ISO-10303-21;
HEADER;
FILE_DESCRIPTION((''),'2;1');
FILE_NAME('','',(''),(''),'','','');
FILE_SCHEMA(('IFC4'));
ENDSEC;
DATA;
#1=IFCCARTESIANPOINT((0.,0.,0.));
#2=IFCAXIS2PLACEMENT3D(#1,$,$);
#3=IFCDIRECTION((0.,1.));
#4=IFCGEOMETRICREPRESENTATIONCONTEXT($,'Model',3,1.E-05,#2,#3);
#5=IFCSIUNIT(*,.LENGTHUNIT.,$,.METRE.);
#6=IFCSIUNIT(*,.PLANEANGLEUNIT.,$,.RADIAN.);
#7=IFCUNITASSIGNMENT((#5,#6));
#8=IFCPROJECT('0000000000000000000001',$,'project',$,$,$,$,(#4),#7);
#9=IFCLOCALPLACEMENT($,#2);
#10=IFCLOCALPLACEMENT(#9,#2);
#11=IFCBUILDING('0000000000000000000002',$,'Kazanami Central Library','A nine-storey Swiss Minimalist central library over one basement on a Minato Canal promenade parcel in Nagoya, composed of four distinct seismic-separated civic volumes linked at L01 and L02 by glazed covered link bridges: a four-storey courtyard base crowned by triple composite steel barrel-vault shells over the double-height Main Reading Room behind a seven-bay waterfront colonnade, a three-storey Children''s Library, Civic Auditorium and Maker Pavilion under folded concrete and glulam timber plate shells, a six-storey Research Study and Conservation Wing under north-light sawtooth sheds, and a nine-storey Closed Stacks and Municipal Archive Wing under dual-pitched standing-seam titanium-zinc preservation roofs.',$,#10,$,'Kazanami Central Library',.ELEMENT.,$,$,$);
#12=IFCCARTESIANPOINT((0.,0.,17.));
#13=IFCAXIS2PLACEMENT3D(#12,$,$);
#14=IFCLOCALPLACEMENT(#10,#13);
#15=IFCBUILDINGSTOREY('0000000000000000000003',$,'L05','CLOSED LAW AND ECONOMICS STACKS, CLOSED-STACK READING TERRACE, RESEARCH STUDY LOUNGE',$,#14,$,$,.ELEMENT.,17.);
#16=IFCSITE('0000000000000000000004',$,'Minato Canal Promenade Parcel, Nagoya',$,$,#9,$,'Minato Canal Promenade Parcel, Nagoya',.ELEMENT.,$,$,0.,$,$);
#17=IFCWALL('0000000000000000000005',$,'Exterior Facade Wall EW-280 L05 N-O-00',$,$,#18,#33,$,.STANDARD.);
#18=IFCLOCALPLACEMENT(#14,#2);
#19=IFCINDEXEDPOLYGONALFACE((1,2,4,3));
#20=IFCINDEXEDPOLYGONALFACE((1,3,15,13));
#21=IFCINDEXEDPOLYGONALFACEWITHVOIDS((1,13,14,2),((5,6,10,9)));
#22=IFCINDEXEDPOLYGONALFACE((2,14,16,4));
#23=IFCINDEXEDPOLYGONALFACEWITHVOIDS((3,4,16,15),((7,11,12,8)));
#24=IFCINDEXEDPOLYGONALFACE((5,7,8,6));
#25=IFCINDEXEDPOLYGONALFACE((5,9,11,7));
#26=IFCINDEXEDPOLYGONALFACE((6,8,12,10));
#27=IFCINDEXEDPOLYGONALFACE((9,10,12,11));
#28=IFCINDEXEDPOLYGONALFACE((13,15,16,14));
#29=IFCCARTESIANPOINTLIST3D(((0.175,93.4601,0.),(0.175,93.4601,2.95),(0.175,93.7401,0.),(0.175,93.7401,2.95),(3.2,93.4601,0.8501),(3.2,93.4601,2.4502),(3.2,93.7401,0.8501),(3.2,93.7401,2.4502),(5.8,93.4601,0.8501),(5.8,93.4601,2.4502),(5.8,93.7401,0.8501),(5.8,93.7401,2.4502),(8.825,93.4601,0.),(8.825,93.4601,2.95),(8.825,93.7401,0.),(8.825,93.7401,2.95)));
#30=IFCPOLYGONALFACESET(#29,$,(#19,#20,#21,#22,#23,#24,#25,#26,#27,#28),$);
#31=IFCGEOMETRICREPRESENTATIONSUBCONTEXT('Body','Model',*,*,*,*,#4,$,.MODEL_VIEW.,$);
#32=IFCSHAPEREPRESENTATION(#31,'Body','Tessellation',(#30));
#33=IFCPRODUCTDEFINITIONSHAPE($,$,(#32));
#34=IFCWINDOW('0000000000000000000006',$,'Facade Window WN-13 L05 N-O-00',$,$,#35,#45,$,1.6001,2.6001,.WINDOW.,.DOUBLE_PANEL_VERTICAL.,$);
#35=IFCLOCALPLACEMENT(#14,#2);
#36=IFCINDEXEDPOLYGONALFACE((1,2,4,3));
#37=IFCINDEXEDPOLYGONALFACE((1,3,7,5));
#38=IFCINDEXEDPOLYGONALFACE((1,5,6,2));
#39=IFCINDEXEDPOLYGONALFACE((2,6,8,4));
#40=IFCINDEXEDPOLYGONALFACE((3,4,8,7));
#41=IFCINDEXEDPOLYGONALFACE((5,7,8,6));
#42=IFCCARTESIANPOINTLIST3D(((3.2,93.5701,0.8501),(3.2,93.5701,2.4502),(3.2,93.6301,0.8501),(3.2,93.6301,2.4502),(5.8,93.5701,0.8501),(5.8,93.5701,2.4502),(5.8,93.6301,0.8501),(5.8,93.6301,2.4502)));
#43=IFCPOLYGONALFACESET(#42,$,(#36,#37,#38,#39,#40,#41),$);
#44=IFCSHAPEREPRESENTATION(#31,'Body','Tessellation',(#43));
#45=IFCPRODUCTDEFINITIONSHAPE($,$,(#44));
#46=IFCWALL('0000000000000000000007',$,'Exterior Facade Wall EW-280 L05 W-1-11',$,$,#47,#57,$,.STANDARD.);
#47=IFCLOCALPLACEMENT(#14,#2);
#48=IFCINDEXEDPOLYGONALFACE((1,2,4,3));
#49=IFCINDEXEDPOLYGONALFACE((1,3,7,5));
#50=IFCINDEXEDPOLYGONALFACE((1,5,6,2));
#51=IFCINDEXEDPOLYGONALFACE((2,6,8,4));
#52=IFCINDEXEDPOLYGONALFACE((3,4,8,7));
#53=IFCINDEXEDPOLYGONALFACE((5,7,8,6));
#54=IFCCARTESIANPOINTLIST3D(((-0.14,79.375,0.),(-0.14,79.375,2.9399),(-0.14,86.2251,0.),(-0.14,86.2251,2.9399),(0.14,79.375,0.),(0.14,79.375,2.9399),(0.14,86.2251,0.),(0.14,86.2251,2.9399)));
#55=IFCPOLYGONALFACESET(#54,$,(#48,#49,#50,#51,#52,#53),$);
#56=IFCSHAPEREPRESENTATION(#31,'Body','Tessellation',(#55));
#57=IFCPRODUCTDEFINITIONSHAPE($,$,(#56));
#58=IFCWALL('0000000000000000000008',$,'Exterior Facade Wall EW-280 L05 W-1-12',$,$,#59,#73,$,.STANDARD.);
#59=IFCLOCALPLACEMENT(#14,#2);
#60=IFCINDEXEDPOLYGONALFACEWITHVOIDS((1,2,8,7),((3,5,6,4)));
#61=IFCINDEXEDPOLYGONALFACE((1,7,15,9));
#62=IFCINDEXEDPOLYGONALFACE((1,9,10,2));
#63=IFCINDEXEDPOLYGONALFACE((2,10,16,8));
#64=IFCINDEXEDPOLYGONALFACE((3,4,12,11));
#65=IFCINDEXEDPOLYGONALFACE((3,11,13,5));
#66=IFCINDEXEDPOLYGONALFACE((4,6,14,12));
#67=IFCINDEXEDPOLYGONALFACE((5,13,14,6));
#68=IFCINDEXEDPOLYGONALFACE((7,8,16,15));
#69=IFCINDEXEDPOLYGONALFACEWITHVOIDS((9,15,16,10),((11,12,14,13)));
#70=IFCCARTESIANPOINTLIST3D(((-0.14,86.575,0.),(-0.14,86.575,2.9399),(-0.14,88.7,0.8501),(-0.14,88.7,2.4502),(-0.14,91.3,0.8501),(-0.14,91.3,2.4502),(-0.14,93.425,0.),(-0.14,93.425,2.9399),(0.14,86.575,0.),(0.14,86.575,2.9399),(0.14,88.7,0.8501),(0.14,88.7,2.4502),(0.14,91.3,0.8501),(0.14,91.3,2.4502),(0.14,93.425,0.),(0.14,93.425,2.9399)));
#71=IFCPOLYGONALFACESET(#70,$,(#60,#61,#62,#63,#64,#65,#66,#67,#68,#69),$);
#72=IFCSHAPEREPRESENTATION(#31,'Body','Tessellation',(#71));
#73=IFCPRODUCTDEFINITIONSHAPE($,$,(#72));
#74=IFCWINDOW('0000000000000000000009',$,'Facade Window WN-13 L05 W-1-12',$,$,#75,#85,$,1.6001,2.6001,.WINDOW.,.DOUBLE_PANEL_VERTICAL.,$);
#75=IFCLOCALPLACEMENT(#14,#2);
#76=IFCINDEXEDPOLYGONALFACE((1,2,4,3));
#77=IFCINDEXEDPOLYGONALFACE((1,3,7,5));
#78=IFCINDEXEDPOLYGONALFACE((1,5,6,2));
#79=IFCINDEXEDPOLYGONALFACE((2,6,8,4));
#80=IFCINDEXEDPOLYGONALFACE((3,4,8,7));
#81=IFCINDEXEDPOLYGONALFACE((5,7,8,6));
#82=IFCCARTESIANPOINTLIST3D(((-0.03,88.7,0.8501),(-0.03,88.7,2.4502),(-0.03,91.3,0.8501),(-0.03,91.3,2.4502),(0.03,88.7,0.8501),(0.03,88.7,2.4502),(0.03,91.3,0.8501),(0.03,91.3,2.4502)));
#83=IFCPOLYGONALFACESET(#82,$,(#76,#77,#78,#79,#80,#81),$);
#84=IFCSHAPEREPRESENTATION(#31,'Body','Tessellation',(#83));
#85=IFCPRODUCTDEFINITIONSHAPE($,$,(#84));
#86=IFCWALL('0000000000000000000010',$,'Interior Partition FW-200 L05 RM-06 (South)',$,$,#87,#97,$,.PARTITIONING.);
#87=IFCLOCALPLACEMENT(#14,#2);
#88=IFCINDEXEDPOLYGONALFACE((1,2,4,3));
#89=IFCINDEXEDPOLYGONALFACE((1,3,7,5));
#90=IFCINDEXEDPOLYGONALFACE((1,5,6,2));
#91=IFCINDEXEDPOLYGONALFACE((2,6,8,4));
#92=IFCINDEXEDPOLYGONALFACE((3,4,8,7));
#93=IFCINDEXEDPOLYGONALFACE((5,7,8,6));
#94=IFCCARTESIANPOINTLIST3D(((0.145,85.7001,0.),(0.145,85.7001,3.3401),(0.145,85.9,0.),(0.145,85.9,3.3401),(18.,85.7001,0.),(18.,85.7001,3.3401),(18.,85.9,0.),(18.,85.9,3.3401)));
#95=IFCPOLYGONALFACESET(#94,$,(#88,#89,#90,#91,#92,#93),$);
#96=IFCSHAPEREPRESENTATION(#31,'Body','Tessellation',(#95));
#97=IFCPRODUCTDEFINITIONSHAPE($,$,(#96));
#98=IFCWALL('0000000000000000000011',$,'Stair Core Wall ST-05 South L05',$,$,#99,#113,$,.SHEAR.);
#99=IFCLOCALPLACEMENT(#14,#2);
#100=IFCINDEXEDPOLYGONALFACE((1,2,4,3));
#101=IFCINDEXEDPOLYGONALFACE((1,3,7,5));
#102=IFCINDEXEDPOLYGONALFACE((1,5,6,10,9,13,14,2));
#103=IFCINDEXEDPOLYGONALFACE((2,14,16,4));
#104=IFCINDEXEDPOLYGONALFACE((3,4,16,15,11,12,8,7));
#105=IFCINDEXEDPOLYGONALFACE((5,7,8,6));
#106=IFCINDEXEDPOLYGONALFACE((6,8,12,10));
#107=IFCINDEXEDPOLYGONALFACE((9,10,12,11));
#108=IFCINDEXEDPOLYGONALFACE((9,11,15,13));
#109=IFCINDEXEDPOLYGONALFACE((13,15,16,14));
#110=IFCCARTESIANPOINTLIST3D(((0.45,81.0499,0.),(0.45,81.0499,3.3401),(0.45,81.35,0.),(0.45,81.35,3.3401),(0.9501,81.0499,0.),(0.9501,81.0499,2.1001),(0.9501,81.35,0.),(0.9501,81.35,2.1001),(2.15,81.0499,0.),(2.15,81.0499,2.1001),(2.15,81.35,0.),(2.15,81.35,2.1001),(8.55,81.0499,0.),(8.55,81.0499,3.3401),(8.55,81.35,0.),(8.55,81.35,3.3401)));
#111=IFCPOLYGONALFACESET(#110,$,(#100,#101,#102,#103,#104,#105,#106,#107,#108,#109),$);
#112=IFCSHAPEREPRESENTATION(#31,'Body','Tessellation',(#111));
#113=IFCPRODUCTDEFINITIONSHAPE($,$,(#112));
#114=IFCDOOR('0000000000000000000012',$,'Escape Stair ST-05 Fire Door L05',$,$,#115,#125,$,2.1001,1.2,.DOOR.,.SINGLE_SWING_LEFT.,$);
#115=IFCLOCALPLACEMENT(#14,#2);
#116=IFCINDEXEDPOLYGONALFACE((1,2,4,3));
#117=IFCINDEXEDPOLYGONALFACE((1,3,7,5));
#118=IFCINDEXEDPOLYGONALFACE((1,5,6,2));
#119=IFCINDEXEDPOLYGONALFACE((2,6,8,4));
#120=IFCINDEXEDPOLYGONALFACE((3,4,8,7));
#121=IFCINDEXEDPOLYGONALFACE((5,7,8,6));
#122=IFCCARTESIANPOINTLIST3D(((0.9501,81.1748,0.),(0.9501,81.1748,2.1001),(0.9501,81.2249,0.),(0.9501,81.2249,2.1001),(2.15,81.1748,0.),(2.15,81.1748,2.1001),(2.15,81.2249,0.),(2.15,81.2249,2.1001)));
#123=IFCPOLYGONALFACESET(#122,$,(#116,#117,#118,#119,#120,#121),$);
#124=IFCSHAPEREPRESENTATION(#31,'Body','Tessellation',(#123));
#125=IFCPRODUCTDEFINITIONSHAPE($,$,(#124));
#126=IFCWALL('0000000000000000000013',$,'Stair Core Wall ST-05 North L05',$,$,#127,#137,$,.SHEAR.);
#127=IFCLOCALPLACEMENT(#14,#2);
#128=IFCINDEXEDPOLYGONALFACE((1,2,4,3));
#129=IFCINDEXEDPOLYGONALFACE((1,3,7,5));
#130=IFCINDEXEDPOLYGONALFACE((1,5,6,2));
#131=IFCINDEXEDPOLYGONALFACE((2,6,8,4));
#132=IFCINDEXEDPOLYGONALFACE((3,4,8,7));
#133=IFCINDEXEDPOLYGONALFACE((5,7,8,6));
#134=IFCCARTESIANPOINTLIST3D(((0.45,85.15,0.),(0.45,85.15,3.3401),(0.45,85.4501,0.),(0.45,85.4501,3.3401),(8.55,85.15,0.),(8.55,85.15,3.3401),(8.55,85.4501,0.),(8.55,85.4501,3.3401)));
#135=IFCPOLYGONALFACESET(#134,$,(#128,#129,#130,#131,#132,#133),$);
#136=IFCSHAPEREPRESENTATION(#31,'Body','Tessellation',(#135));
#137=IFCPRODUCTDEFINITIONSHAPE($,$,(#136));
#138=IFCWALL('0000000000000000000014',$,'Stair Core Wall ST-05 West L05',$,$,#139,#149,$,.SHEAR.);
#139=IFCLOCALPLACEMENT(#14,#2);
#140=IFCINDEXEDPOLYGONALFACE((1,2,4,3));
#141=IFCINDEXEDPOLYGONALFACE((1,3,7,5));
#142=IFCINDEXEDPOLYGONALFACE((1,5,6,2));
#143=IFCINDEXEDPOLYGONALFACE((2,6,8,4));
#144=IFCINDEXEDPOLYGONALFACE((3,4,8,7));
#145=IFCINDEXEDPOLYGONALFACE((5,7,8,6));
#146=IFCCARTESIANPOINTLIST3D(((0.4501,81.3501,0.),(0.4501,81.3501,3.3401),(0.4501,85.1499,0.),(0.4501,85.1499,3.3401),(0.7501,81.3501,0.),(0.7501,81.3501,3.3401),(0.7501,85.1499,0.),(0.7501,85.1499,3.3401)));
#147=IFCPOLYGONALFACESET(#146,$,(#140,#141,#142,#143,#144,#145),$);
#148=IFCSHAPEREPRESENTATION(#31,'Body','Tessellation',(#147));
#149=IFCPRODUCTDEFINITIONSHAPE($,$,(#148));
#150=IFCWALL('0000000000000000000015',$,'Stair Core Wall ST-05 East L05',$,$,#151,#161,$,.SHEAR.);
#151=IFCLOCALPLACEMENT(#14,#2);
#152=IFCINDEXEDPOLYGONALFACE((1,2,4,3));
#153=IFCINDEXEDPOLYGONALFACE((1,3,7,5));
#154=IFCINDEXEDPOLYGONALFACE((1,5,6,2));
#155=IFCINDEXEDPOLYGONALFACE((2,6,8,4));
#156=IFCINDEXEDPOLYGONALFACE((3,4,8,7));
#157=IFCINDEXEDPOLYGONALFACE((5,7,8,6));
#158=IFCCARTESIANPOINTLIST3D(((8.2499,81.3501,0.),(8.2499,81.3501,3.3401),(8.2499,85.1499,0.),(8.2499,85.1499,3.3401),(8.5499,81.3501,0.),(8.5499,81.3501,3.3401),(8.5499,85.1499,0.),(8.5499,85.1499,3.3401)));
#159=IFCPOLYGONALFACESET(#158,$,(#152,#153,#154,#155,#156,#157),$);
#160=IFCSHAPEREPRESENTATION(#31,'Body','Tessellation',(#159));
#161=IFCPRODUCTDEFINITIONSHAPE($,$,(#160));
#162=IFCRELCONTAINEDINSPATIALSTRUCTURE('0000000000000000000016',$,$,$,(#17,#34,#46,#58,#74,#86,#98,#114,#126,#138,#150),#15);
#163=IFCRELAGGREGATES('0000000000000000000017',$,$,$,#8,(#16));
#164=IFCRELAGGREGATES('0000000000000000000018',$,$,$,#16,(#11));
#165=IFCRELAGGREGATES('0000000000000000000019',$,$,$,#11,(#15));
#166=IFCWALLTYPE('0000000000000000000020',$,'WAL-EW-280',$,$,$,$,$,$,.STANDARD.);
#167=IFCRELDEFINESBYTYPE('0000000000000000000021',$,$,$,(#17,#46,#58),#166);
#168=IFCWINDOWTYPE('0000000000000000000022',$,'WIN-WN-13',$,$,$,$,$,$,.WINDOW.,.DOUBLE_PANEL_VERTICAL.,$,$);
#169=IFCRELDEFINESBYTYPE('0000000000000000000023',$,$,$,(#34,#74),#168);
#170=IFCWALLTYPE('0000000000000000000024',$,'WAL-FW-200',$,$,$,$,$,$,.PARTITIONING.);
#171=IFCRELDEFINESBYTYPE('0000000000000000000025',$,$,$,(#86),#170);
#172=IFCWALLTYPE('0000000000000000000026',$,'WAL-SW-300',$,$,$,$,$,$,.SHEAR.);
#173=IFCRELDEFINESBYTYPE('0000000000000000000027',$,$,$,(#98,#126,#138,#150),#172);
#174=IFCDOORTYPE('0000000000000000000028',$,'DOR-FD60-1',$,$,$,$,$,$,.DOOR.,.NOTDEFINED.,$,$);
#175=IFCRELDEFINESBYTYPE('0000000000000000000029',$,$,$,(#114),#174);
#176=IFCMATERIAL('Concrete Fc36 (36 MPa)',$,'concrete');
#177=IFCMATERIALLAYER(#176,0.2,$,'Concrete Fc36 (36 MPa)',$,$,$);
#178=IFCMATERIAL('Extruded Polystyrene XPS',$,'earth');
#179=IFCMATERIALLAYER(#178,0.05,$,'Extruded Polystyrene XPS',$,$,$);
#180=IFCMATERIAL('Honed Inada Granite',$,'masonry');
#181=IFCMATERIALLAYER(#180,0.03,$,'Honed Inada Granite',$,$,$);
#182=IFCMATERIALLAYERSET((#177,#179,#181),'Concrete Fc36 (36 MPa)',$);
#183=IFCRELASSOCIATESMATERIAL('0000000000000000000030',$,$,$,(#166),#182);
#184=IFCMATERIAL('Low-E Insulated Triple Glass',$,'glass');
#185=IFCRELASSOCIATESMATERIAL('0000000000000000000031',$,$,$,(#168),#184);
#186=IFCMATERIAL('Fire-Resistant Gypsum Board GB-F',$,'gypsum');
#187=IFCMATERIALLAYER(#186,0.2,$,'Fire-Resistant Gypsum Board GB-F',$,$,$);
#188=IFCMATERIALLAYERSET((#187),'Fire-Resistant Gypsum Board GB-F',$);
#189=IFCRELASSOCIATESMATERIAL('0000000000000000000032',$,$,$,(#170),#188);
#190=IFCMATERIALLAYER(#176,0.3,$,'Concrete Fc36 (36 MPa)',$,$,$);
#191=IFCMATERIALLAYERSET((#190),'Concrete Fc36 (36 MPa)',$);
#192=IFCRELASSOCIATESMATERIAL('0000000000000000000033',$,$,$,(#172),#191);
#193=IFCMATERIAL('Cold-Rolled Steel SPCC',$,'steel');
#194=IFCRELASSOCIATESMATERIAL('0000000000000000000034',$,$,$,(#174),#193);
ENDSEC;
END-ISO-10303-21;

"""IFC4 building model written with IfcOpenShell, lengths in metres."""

from ifc_helpers import new_model, si_unit, direction, frame, frame_2d, origin, place, context, subcontext, project, spatial, rectangle, extrude, material, layer, layer_set, type_object, element, fill, save


model = new_model("IFC4")

# Units and contexts
model_context = context("Model", 3, precision=1e-05, world=origin(), true_north=direction((0.0, 1.0)))
body_context = subcontext(model_context, "Body", "Model", "MODEL_VIEW")
ifc_project = project(units=[si_unit("LENGTHUNIT", "METRE"), si_unit("PLANEANGLEUNIT", "RADIAN")], contexts=[model_context])

# Site, building, storey
site_placement = place(None, origin())
site = spatial("IfcSite", under=ifc_project, at=site_placement, Name="Minato Canal Promenade Parcel, Nagoya", LongName="Minato Canal Promenade Parcel, Nagoya", CompositionType="ELEMENT", RefElevation=0.0)
building_placement = place(site_placement, origin())
building = spatial("IfcBuilding", under=site, at=building_placement, Name="Kazanami Central Library", Description="A nine-storey Swiss Minimalist central library over one basement on a Minato Canal promenade parcel in Nagoya, composed of four distinct seismic-separated civic volumes linked at L01 and L02 by glazed covered link bridges: a four-storey courtyard base crowned by triple composite steel barrel-vault shells over the double-height Main Reading Room behind a seven-bay waterfront colonnade, a three-storey Children's Library, Civic Auditorium and Maker Pavilion under folded concrete and glulam timber plate shells, a six-storey Research Study and Conservation Wing under north-light sawtooth sheds, and a nine-storey Closed Stacks and Municipal Archive Wing under dual-pitched standing-seam titanium-zinc preservation roofs.", LongName="Kazanami Central Library", CompositionType="ELEMENT")
storey_placement = place(building_placement, frame((0.0, 0.0, 17.0)))
storey = spatial("IfcBuildingStorey", under=building, at=storey_placement, Name="L05", Description="CLOSED LAW AND ECONOMICS STACKS, CLOSED-STACK READING TERRACE, RESEARCH STUDY LOUNGE", CompositionType="ELEMENT", Elevation=17.0)

# Wall, opening, window
ifc_material_1 = material(Name="Concrete Fc36 (36 MPa)", Category="concrete")
ifc_layer_1 = layer(ifc_material_1, 0.2, Name="Concrete Fc36 (36 MPa)")
ifc_material_2 = material(Name="Extruded Polystyrene XPS", Category="earth")
ifc_layer_2 = layer(ifc_material_2, 0.05, Name="Extruded Polystyrene XPS")
ifc_material_3 = material(Name="Honed Inada Granite", Category="masonry")
ifc_layer_3 = layer(ifc_material_3, 0.03, Name="Honed Inada Granite")
ifc_layer_set_1 = layer_set([ifc_layer_1, ifc_layer_2, ifc_layer_3], Name="Concrete Fc36 (36 MPa)")
wall_type_1 = type_object("IfcWallType", Name="WAL-EW-280", PredefinedType="STANDARD", material=ifc_layer_set_1)
wall_1_placement = place(storey_placement, frame((8.825, 93.6001, 0.0), z_axis=(0.0, 0.0, 1.0), x_axis=(-1.0, 0.0, 0.0)))
wall_1 = element("IfcWall", 1, at=wall_1_placement, inside=storey, type_object=wall_type_1, Name="Exterior Facade Wall EW-280 L05 N-O-00", PredefinedType="STANDARD", context=body_context, shape_type="SweptSolid", body=[
    extrude(rectangle(XDim=8.6499, YDim=0.28, at=frame_2d((4.325, 0.0))), origin(), (0.0, 0.0, 1.0), 2.95),
])
opening_1_placement = place(wall_1_placement, frame((3.0249, 0.0, 0.8501)))
opening_1 = element("IfcOpeningElement", 2, at=opening_1_placement, cuts=wall_1, PredefinedType="OPENING", context=body_context, shape_type="SweptSolid", body=[
    extrude(rectangle(XDim=2.6001, YDim=1.6001, at=frame_2d((1.3, 0.8))), frame((0.0, 0.1519, 0.0), z_axis=(0.0, -1.0, 0.0), x_axis=(1.0, 0.0, 0.0)), (0.0, 0.0, 1.0), 0.304),
])
ifc_material_4 = material(Name="Low-E Insulated Triple Glass", Category="glass")
window_type = type_object("IfcWindowType", Name="WIN-WN-13", PartitioningType="DOUBLE_PANEL_VERTICAL", PredefinedType="WINDOW", material=ifc_material_4)
window_1_placement = place(opening_1_placement, origin())
window_1 = element("IfcWindow", 3, at=window_1_placement, inside=storey, type_object=window_type, Name="Facade Window WN-13 L05 N-O-00", OverallHeight=1.6001, OverallWidth=2.6001, PartitioningType="DOUBLE_PANEL_VERTICAL", PredefinedType="WINDOW", context=body_context, shape_type="SweptSolid", body=[
    extrude(rectangle(XDim=2.6001, YDim=1.6001, at=frame_2d((1.3, 0.8))), frame((0.0, 0.03, 0.0), z_axis=(0.0, -1.0, 0.0), x_axis=(1.0, 0.0, 0.0)), (0.0, 0.0, 1.0), 0.0601),
])
fill(opening_1, window_1)

# Wall
wall_2_placement = place(storey_placement, frame((0.0, 79.375, 0.0), z_axis=(0.0, 0.0, 1.0), x_axis=(0.0, 1.0, 0.0)))
element("IfcWall", 4, at=wall_2_placement, inside=storey, type_object=wall_type_1, Name="Exterior Facade Wall EW-280 L05 W-1-11", PredefinedType="STANDARD", context=body_context, shape_type="SweptSolid", body=[
    extrude(rectangle(XDim=6.8501, YDim=0.28, at=frame_2d((3.425, 0.0))), origin(), (0.0, 0.0, 1.0), 2.9399),
])

# Wall, opening, window
wall_3_placement = place(storey_placement, frame((0.0, 86.575, 0.0), z_axis=(0.0, 0.0, 1.0), x_axis=(0.0, 1.0, 0.0)))
wall_3 = element("IfcWall", 5, at=wall_3_placement, inside=storey, type_object=wall_type_1, Name="Exterior Facade Wall EW-280 L05 W-1-12", PredefinedType="STANDARD", context=body_context, shape_type="SweptSolid", body=[
    extrude(rectangle(XDim=6.8501, YDim=0.28, at=frame_2d((3.425, 0.0))), origin(), (0.0, 0.0, 1.0), 2.9399),
])
opening_2_placement = place(wall_3_placement, frame((2.125, 0.0, 0.8501)))
opening_2 = element("IfcOpeningElement", 6, at=opening_2_placement, cuts=wall_3, PredefinedType="OPENING", context=body_context, shape_type="SweptSolid", body=[
    extrude(rectangle(XDim=2.6001, YDim=1.6001, at=frame_2d((1.3, 0.8))), frame((0.0, 0.1519, 0.0), z_axis=(0.0, -1.0, 0.0), x_axis=(1.0, 0.0, 0.0)), (0.0, 0.0, 1.0), 0.304),
])
window_2_placement = place(opening_2_placement, origin())
window_2 = element("IfcWindow", 7, at=window_2_placement, inside=storey, type_object=window_type, Name="Facade Window WN-13 L05 W-1-12", OverallHeight=1.6001, OverallWidth=2.6001, PartitioningType="DOUBLE_PANEL_VERTICAL", PredefinedType="WINDOW", context=body_context, shape_type="SweptSolid", body=[
    extrude(rectangle(XDim=2.6001, YDim=1.6001, at=frame_2d((1.3, 0.8))), frame((0.0, 0.03, 0.0), z_axis=(0.0, -1.0, 0.0), x_axis=(1.0, 0.0, 0.0)), (0.0, 0.0, 1.0), 0.0601),
])
fill(opening_2, window_2)

# Wall
ifc_material_5 = material(Name="Fire-Resistant Gypsum Board GB-F", Category="gypsum")
ifc_layer_4 = layer(ifc_material_5, 0.2, Name="Fire-Resistant Gypsum Board GB-F")
ifc_layer_set_2 = layer_set([ifc_layer_4], Name="Fire-Resistant Gypsum Board GB-F")
wall_type_2 = type_object("IfcWallType", Name="WAL-FW-200", PredefinedType="PARTITIONING", material=ifc_layer_set_2)
wall_4_placement = place(storey_placement, frame((0.145, 85.8, 0.0), z_axis=(0.0, 0.0, 1.0), x_axis=(1.0, 0.0, 0.0)))
element("IfcWall", 8, at=wall_4_placement, inside=storey, type_object=wall_type_2, Name="Interior Partition FW-200 L05 RM-06 (South)", PredefinedType="PARTITIONING", context=body_context, shape_type="SweptSolid", body=[
    extrude(rectangle(XDim=17.855, YDim=0.2, at=frame_2d((8.9275, 0.0))), origin(), (0.0, 0.0, 1.0), 3.3401),
])

# Wall, opening, door
ifc_layer_5 = layer(ifc_material_1, 0.3, Name="Concrete Fc36 (36 MPa)")
ifc_layer_set_3 = layer_set([ifc_layer_5], Name="Concrete Fc36 (36 MPa)")
wall_type_3 = type_object("IfcWallType", Name="WAL-SW-300", PredefinedType="SHEAR", material=ifc_layer_set_3)
wall_5_placement = place(storey_placement, frame((0.45, 81.2, 0.0), z_axis=(0.0, 0.0, 1.0), x_axis=(1.0, 0.0, 0.0)))
wall_5 = element("IfcWall", 9, at=wall_5_placement, inside=storey, type_object=wall_type_3, Name="Stair Core Wall ST-05 South L05", PredefinedType="SHEAR", context=body_context, shape_type="SweptSolid", body=[
    extrude(rectangle(XDim=8.1001, YDim=0.3, at=frame_2d((4.05, 0.0))), origin(), (0.0, 0.0, 1.0), 3.3401),
])
opening_3_placement = place(wall_5_placement, frame((0.5, 0.0, 0.0)))
opening_3 = element("IfcOpeningElement", 10, at=opening_3_placement, cuts=wall_5, PredefinedType="OPENING", context=body_context, shape_type="SweptSolid", body=[
    extrude(rectangle(XDim=1.2, YDim=2.1001, at=frame_2d((0.6001, 1.05))), frame((0.0, 0.1621, 0.0), z_axis=(0.0, -1.0, 0.0), x_axis=(1.0, 0.0, 0.0)), (0.0, 0.0, 1.0), 0.324),
])
ifc_material_6 = material(Name="Cold-Rolled Steel SPCC", Category="steel")
door_type = type_object("IfcDoorType", Name="DOR-FD60-1", OperationType="NOTDEFINED", PredefinedType="DOOR", material=ifc_material_6)
door_placement = place(opening_3_placement, origin())
door = element("IfcDoor", 11, at=door_placement, inside=storey, type_object=door_type, Name="Escape Stair ST-05 Fire Door L05", OperationType="SINGLE_SWING_LEFT", OverallHeight=2.1001, OverallWidth=1.2, PredefinedType="DOOR", context=body_context, shape_type="SweptSolid", body=[
    extrude(rectangle(XDim=1.2, YDim=2.1001, at=frame_2d((0.6001, 1.05))), frame((0.0, 0.0249, 0.0), z_axis=(0.0, -1.0, 0.0), x_axis=(1.0, 0.0, 0.0)), (0.0, 0.0, 1.0), 0.05),
])
fill(opening_3, door)

# Walls
wall_6_placement = place(storey_placement, frame((0.45, 85.3, 0.0), z_axis=(0.0, 0.0, 1.0), x_axis=(1.0, 0.0, 0.0)))
element("IfcWall", 12, at=wall_6_placement, inside=storey, type_object=wall_type_3, Name="Stair Core Wall ST-05 North L05", PredefinedType="SHEAR", context=body_context, shape_type="SweptSolid", body=[
    extrude(rectangle(XDim=8.1001, YDim=0.3, at=frame_2d((4.05, 0.0))), origin(), (0.0, 0.0, 1.0), 3.3401),
])
for number, where, z_axis, x_axis, name in (
    (13, (0.6001, 81.3501, 0.0), (0.0, 0.0, 1.0), (0.0, 1.0, 0.0), "Stair Core Wall ST-05 West L05"),
    (14, (8.3999, 81.3501, 0.0), (0.0, 0.0, 1.0), (0.0, 1.0, 0.0), "Stair Core Wall ST-05 East L05"),
):
    element("IfcWall", number, at=place(storey_placement, frame(where, z_axis=z_axis, x_axis=x_axis)), inside=storey, type_object=wall_type_3, Name=name, PredefinedType="SHEAR", context=body_context, shape_type="SweptSolid", body=[
        extrude(rectangle(XDim=3.7998, YDim=0.3, at=frame_2d((1.8999, 0.0))), origin(), (0.0, 0.0, 1.0), 3.3401),
    ])

save(model, "model.ifc")
